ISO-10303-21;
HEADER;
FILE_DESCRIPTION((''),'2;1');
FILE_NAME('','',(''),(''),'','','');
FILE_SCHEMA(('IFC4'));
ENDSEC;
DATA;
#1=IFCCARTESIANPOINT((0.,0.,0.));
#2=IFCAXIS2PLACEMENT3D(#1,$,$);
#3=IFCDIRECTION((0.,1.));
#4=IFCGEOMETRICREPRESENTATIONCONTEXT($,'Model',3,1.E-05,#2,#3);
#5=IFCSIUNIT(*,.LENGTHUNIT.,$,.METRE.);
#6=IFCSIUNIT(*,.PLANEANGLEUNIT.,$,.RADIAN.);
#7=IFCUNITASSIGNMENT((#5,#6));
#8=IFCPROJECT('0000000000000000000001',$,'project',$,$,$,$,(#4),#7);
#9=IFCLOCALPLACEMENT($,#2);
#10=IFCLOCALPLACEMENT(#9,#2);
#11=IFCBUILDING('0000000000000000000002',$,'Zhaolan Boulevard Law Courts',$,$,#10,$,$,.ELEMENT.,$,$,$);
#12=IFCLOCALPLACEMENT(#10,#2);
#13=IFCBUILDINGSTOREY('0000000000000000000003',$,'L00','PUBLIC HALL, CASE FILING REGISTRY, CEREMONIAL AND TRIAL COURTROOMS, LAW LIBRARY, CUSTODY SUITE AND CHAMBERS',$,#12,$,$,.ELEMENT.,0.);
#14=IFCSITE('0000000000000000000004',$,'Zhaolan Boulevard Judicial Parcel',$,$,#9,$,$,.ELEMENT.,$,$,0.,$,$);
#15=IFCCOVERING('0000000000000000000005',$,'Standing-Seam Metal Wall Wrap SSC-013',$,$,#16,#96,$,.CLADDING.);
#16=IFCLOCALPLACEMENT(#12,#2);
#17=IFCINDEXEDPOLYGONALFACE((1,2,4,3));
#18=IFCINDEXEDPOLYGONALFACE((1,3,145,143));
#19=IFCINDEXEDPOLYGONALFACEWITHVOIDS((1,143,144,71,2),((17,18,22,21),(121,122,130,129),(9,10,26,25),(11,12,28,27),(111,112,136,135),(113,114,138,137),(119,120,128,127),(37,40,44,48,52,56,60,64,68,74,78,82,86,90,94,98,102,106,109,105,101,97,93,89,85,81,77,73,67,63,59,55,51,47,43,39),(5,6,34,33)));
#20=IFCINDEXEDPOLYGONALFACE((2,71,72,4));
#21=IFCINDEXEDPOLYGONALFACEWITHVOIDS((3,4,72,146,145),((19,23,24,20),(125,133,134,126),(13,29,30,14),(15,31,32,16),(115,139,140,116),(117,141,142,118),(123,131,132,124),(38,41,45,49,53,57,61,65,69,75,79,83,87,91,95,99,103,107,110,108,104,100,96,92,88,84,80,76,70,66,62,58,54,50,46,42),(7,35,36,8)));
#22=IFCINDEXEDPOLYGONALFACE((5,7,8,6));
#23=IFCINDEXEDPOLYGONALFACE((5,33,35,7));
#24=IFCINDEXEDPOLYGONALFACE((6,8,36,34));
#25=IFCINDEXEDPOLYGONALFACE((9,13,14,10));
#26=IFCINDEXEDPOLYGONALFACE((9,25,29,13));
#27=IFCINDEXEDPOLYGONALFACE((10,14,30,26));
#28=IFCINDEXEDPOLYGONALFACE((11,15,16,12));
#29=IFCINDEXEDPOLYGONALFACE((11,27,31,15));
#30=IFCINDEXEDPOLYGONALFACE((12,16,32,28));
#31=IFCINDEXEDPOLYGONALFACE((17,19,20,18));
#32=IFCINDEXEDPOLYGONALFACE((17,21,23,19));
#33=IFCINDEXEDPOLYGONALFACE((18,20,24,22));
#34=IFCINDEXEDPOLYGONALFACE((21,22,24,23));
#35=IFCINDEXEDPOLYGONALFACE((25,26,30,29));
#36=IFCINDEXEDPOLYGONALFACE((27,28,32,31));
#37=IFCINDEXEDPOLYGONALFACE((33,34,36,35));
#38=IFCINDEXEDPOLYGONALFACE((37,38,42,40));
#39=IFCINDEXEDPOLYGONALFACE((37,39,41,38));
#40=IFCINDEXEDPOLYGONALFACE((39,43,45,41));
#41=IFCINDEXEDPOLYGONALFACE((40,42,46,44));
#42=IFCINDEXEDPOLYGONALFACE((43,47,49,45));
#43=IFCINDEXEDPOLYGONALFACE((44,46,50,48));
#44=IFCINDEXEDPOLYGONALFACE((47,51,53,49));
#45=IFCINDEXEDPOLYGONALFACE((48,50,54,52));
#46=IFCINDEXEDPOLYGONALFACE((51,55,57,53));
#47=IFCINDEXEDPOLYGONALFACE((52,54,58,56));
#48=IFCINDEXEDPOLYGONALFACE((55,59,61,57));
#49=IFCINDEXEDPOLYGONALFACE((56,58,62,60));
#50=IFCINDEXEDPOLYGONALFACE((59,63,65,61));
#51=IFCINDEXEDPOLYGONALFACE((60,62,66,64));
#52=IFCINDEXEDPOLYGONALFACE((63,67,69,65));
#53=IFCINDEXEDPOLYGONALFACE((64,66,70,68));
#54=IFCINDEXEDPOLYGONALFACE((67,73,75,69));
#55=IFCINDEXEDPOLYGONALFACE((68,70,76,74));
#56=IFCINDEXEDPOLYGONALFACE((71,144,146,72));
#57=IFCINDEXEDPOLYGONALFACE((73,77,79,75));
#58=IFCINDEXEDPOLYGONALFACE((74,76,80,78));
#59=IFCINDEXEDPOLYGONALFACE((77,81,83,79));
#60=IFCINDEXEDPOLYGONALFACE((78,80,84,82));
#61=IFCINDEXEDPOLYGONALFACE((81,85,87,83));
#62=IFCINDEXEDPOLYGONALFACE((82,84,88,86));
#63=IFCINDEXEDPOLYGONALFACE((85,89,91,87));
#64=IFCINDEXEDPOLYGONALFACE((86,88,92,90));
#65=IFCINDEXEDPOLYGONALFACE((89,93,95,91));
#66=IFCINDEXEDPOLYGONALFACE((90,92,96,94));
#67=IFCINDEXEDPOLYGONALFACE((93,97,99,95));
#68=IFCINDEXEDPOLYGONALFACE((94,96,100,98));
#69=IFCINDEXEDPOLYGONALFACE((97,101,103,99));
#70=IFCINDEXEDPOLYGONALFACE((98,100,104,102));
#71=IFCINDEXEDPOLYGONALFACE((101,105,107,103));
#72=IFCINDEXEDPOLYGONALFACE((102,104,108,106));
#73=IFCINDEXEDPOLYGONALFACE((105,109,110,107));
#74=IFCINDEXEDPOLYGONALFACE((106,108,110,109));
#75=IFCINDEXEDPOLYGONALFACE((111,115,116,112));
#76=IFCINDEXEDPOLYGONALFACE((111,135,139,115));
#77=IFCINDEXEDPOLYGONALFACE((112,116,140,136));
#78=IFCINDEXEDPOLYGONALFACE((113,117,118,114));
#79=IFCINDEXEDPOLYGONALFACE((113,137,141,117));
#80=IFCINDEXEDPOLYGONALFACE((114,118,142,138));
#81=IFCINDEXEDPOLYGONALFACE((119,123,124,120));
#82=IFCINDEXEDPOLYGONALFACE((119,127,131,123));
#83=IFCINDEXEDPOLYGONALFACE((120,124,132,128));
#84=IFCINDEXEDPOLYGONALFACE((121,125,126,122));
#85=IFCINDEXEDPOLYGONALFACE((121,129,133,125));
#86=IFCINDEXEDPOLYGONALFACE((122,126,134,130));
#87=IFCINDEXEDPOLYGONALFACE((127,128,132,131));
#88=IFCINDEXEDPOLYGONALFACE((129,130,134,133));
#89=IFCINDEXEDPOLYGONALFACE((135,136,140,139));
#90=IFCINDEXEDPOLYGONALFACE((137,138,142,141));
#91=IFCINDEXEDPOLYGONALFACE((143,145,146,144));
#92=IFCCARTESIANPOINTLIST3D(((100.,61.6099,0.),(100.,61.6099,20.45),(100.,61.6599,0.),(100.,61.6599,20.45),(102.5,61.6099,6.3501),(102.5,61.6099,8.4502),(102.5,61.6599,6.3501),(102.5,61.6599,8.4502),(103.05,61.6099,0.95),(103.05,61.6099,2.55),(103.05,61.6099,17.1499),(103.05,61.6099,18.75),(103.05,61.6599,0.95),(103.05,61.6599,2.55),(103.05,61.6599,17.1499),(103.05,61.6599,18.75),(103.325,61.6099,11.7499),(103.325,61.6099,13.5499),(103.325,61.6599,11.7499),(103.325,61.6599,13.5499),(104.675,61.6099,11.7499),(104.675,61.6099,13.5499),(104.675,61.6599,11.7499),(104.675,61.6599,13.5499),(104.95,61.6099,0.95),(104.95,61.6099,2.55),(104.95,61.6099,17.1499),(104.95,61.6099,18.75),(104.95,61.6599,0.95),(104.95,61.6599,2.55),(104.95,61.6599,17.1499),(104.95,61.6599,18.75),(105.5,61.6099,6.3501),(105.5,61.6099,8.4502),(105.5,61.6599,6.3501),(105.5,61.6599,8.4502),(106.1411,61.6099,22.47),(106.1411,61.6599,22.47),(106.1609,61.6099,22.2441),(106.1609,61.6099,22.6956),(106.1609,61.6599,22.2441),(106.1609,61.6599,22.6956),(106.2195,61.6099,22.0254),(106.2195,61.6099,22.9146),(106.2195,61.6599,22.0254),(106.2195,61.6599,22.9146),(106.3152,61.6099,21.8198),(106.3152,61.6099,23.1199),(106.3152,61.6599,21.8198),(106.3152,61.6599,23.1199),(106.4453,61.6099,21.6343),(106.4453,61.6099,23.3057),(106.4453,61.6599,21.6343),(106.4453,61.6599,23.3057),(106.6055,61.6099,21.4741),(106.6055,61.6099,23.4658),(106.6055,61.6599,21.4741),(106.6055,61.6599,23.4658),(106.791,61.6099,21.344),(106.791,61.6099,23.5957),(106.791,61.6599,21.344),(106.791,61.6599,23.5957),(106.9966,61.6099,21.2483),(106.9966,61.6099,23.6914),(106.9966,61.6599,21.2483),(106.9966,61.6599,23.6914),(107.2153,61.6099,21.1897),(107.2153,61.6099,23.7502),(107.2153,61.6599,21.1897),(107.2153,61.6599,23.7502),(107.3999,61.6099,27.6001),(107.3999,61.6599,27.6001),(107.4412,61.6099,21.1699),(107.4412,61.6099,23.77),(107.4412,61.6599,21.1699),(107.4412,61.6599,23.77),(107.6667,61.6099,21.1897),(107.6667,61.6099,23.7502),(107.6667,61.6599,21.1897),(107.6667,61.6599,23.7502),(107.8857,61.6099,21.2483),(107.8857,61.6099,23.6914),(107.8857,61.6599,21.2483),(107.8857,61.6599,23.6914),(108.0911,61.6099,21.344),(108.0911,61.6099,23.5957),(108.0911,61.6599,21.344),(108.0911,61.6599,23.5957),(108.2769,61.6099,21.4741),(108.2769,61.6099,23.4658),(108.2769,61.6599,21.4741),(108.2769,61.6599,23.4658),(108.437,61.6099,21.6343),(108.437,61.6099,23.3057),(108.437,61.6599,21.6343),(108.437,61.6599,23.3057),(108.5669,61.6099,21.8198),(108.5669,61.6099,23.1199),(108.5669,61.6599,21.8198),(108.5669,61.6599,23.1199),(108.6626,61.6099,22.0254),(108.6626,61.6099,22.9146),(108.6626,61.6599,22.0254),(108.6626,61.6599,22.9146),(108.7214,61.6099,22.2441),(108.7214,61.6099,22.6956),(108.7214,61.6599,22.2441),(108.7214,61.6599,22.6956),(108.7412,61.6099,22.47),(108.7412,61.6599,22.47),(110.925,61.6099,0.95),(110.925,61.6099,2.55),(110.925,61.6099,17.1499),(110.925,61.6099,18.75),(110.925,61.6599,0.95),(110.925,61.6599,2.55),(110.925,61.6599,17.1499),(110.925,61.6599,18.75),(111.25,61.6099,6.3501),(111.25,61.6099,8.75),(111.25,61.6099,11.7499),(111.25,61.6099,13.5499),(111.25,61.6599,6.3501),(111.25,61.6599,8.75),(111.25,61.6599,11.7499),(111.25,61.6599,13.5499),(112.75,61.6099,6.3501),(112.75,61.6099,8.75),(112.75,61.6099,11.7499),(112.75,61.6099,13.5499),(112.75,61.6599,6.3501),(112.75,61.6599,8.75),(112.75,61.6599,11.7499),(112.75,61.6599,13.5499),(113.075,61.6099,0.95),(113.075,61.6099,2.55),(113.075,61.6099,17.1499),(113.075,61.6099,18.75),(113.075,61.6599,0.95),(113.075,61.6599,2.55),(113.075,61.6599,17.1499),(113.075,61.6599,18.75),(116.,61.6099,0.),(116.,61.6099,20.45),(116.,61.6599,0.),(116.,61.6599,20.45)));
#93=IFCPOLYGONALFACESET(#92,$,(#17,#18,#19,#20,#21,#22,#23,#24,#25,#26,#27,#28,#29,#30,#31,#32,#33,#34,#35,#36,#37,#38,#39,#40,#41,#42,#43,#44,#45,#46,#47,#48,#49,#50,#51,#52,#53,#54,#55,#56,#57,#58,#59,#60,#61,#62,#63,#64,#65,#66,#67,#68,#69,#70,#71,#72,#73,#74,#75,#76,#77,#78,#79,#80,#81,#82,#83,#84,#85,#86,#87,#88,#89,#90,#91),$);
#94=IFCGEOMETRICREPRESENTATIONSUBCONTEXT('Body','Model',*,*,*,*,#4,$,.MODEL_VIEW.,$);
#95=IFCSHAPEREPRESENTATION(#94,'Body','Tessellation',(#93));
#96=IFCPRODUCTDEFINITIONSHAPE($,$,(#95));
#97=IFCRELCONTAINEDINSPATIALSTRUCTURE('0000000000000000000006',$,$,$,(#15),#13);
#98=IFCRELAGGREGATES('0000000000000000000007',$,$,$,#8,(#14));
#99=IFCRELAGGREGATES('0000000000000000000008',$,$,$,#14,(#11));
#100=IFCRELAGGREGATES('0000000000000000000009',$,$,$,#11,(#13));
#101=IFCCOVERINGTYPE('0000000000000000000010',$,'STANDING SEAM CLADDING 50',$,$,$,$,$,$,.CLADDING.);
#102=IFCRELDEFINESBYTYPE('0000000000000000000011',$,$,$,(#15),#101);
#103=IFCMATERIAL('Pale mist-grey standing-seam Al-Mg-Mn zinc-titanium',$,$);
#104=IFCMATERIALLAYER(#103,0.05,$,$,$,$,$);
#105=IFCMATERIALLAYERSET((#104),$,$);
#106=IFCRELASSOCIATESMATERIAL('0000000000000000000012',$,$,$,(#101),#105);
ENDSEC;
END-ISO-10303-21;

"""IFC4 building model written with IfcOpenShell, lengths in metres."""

from ifc_helpers import new_model, si_unit, direction, frame, frame_2d, origin, place, context, subcontext, project, spatial, polyline, rectangle, outline, extrude, material, layer, layer_set, type_object, element, save


model = new_model("IFC4")

# Units and contexts
model_context = context("Model", 3, precision=1e-05, world=origin(), true_north=direction((0.0, 1.0)))
body_context = subcontext(model_context, "Body", "Model", "MODEL_VIEW")
ifc_project = project(units=[si_unit("LENGTHUNIT", "METRE"), si_unit("PLANEANGLEUNIT", "RADIAN")], contexts=[model_context])

# Site, building, storey
site_placement = place(None, origin())
site = spatial("IfcSite", under=ifc_project, at=site_placement, Name="Zhaolan Boulevard Judicial Parcel", CompositionType="ELEMENT", RefElevation=0.0)
building_placement = place(site_placement, origin())
building = spatial("IfcBuilding", under=site, at=building_placement, Name="Zhaolan Boulevard Law Courts", CompositionType="ELEMENT")
storey_placement = place(building_placement, origin())
storey = spatial("IfcBuildingStorey", under=building, at=storey_placement, Name="L00", Description="PUBLIC HALL, CASE FILING REGISTRY, CEREMONIAL AND TRIAL COURTROOMS, LAW LIBRARY, CUSTODY SUITE AND CHAMBERS", CompositionType="ELEMENT", Elevation=0.0)

# Covering, openings
ifc_material_1 = material(Name="Pale mist-grey standing-seam Al-Mg-Mn zinc-titanium")
ifc_layer_1 = layer(ifc_material_1, 0.05)
ifc_layer_set_1 = layer_set([ifc_layer_1])
covering_type = type_object("IfcCoveringType", Name="STANDING SEAM CLADDING 50", PredefinedType="CLADDING", material=ifc_layer_set_1)
covering_placement = place(storey_placement, frame((100.0, 61.635, 0.0), z_axis=(0.0, 0.0, 1.0), x_axis=(1.0, 0.0, 0.0)))
covering = element("IfcCovering", 1, at=covering_placement, inside=storey, type_object=covering_type, Name="Standing-Seam Metal Wall Wrap SSC-013", PredefinedType="CLADDING", context=body_context, shape_type="SweptSolid", body=[
    extrude(outline(polyline([(0.0, 0.0), (16.0, 0.0), (16.0, 20.45), (7.3999, 27.6001), (0.0, 20.45), (0.0, 0.0)])), frame((0.0, 0.0249, 0.0), z_axis=(0.0, -1.0, 0.0), x_axis=(1.0, 0.0, 0.0)), (0.0, 0.0, 1.0), 0.05),
])
opening_1_placement = place(storey_placement, frame((103.05, 61.635, 0.95), z_axis=(0.0, 0.0, 1.0), x_axis=(1.0, 0.0, 0.0)))
element("IfcOpeningElement", 2, at=opening_1_placement, cuts=covering, PredefinedType="OPENING", context=body_context, shape_type="SweptSolid", body=[
    extrude(rectangle(XDim=1.8999, YDim=1.6001, at=frame_2d((0.95, 0.8))), frame((0.0, 0.1499, 0.0), z_axis=(0.0, -1.0, 0.0), x_axis=(1.0, 0.0, 0.0)), (0.0, 0.0, 1.0), 0.3),
])
opening_2_placement = place(storey_placement, frame((110.925, 61.635, 0.95), z_axis=(0.0, 0.0, 1.0), x_axis=(1.0, 0.0, 0.0)))
element("IfcOpeningElement", 3, at=opening_2_placement, cuts=covering, PredefinedType="OPENING", context=body_context, shape_type="SweptSolid", body=[
    extrude(rectangle(XDim=2.1499, YDim=1.6001, at=frame_2d((1.075, 0.8))), frame((0.0, 0.1499, 0.0), z_axis=(0.0, -1.0, 0.0), x_axis=(1.0, 0.0, 0.0)), (0.0, 0.0, 1.0), 0.3),
])
opening_3_placement = place(storey_placement, frame((102.5, 61.635, 6.3501), z_axis=(0.0, 0.0, 1.0), x_axis=(1.0, 0.0, 0.0)))
element("IfcOpeningElement", 4, at=opening_3_placement, cuts=covering, PredefinedType="OPENING", context=body_context, shape_type="SweptSolid", body=[
    extrude(rectangle(XDim=3.0, YDim=2.1001, at=frame_2d((1.5, 1.05))), frame((0.0, 0.1499, 0.0), z_axis=(0.0, -1.0, 0.0), x_axis=(1.0, 0.0, 0.0)), (0.0, 0.0, 1.0), 0.3),
])
opening_4_placement = place(storey_placement, frame((111.25, 61.635, 6.3501), z_axis=(0.0, 0.0, 1.0), x_axis=(1.0, 0.0, 0.0)))
element("IfcOpeningElement", 5, at=opening_4_placement, cuts=covering, PredefinedType="OPENING", context=body_context, shape_type="SweptSolid", body=[
    extrude(rectangle(XDim=1.5, YDim=2.3999, at=frame_2d((0.75, 1.2))), frame((0.0, 0.1499, 0.0), z_axis=(0.0, -1.0, 0.0), x_axis=(1.0, 0.0, 0.0)), (0.0, 0.0, 1.0), 0.3),
])
opening_5_placement = place(storey_placement, frame((103.325, 61.635, 11.75), z_axis=(0.0, 0.0, 1.0), x_axis=(1.0, 0.0, 0.0)))
element("IfcOpeningElement", 6, at=opening_5_placement, cuts=covering, PredefinedType="OPENING", context=body_context, shape_type="SweptSolid", body=[
    extrude(rectangle(XDim=1.3501, YDim=1.8, at=frame_2d((0.675, 0.8999))), frame((0.0, 0.1499, 0.0), z_axis=(0.0, -1.0, 0.0), x_axis=(1.0, 0.0, 0.0)), (0.0, 0.0, 1.0), 0.3),
])
opening_6_placement = place(storey_placement, frame((111.25, 61.635, 11.75), z_axis=(0.0, 0.0, 1.0), x_axis=(1.0, 0.0, 0.0)))
element("IfcOpeningElement", 7, at=opening_6_placement, cuts=covering, PredefinedType="OPENING", context=body_context, shape_type="SweptSolid", body=[
    extrude(rectangle(XDim=1.5, YDim=1.8, at=frame_2d((0.75, 0.8999))), frame((0.0, 0.1499, 0.0), z_axis=(0.0, -1.0, 0.0), x_axis=(1.0, 0.0, 0.0)), (0.0, 0.0, 1.0), 0.3),
])
opening_7_placement = place(storey_placement, frame((103.05, 61.635, 17.1499), z_axis=(0.0, 0.0, 1.0), x_axis=(1.0, 0.0, 0.0)))
element("IfcOpeningElement", 8, at=opening_7_placement, cuts=covering, PredefinedType="OPENING", context=body_context, shape_type="SweptSolid", body=[
    extrude(rectangle(XDim=1.8999, YDim=1.6001, at=frame_2d((0.95, 0.8))), frame((0.0, 0.1499, 0.0), z_axis=(0.0, -1.0, 0.0), x_axis=(1.0, 0.0, 0.0)), (0.0, 0.0, 1.0), 0.3),
])
opening_8_placement = place(storey_placement, frame((110.925, 61.635, 17.1499), z_axis=(0.0, 0.0, 1.0), x_axis=(1.0, 0.0, 0.0)))
element("IfcOpeningElement", 9, at=opening_8_placement, cuts=covering, PredefinedType="OPENING", context=body_context, shape_type="SweptSolid", body=[
    extrude(rectangle(XDim=2.1499, YDim=1.6001, at=frame_2d((1.075, 0.8))), frame((0.0, 0.1499, 0.0), z_axis=(0.0, -1.0, 0.0), x_axis=(1.0, 0.0, 0.0)), (0.0, 0.0, 1.0), 0.3),
])
opening_9_placement = place(storey_placement, frame((106.1411, 61.635, 21.1699), z_axis=(0.0, 0.0, 1.0), x_axis=(1.0, 0.0, 0.0)))
element("IfcOpeningElement", 10, at=opening_9_placement, cuts=covering, PredefinedType="OPENING", context=body_context, shape_type="SweptSolid", body=[
    extrude(outline(polyline([(2.6001, 1.3), (2.5803, 1.5256), (2.5215, 1.7446), (2.4258, 1.95), (2.2959, 2.1357), (2.1357, 2.2959), (1.95, 2.4258), (1.7446, 2.5215), (1.5256, 2.5803), (1.3, 2.6001), (1.0742, 2.5803), (0.8555, 2.5215), (0.6499, 2.4258), (0.4644, 2.2959), (0.3042, 2.1357), (0.1741, 1.95), (0.0784, 1.7446), (0.0198, 1.5256), (0.0, 1.3), (0.0198, 1.0742), (0.0784, 0.8555), (0.1741, 0.6499), (0.3042, 0.4644), (0.4644, 0.3042), (0.6499, 0.1741), (0.8555, 0.0784), (1.0742, 0.0198), (1.3, 0.0), (1.5256, 0.0198), (1.7446, 0.0784), (1.95, 0.1741), (2.1357, 0.3042), (2.2959, 0.4644), (2.4258, 0.6499), (2.5215, 0.8555), (2.5803, 1.0742), (2.6001, 1.3)])), frame((0.0, 0.1499, 0.0), z_axis=(0.0, -1.0, 0.0), x_axis=(1.0, 0.0, 0.0)), (0.0, 0.0, 1.0), 0.3),
])

save(model, "model.ifc")
